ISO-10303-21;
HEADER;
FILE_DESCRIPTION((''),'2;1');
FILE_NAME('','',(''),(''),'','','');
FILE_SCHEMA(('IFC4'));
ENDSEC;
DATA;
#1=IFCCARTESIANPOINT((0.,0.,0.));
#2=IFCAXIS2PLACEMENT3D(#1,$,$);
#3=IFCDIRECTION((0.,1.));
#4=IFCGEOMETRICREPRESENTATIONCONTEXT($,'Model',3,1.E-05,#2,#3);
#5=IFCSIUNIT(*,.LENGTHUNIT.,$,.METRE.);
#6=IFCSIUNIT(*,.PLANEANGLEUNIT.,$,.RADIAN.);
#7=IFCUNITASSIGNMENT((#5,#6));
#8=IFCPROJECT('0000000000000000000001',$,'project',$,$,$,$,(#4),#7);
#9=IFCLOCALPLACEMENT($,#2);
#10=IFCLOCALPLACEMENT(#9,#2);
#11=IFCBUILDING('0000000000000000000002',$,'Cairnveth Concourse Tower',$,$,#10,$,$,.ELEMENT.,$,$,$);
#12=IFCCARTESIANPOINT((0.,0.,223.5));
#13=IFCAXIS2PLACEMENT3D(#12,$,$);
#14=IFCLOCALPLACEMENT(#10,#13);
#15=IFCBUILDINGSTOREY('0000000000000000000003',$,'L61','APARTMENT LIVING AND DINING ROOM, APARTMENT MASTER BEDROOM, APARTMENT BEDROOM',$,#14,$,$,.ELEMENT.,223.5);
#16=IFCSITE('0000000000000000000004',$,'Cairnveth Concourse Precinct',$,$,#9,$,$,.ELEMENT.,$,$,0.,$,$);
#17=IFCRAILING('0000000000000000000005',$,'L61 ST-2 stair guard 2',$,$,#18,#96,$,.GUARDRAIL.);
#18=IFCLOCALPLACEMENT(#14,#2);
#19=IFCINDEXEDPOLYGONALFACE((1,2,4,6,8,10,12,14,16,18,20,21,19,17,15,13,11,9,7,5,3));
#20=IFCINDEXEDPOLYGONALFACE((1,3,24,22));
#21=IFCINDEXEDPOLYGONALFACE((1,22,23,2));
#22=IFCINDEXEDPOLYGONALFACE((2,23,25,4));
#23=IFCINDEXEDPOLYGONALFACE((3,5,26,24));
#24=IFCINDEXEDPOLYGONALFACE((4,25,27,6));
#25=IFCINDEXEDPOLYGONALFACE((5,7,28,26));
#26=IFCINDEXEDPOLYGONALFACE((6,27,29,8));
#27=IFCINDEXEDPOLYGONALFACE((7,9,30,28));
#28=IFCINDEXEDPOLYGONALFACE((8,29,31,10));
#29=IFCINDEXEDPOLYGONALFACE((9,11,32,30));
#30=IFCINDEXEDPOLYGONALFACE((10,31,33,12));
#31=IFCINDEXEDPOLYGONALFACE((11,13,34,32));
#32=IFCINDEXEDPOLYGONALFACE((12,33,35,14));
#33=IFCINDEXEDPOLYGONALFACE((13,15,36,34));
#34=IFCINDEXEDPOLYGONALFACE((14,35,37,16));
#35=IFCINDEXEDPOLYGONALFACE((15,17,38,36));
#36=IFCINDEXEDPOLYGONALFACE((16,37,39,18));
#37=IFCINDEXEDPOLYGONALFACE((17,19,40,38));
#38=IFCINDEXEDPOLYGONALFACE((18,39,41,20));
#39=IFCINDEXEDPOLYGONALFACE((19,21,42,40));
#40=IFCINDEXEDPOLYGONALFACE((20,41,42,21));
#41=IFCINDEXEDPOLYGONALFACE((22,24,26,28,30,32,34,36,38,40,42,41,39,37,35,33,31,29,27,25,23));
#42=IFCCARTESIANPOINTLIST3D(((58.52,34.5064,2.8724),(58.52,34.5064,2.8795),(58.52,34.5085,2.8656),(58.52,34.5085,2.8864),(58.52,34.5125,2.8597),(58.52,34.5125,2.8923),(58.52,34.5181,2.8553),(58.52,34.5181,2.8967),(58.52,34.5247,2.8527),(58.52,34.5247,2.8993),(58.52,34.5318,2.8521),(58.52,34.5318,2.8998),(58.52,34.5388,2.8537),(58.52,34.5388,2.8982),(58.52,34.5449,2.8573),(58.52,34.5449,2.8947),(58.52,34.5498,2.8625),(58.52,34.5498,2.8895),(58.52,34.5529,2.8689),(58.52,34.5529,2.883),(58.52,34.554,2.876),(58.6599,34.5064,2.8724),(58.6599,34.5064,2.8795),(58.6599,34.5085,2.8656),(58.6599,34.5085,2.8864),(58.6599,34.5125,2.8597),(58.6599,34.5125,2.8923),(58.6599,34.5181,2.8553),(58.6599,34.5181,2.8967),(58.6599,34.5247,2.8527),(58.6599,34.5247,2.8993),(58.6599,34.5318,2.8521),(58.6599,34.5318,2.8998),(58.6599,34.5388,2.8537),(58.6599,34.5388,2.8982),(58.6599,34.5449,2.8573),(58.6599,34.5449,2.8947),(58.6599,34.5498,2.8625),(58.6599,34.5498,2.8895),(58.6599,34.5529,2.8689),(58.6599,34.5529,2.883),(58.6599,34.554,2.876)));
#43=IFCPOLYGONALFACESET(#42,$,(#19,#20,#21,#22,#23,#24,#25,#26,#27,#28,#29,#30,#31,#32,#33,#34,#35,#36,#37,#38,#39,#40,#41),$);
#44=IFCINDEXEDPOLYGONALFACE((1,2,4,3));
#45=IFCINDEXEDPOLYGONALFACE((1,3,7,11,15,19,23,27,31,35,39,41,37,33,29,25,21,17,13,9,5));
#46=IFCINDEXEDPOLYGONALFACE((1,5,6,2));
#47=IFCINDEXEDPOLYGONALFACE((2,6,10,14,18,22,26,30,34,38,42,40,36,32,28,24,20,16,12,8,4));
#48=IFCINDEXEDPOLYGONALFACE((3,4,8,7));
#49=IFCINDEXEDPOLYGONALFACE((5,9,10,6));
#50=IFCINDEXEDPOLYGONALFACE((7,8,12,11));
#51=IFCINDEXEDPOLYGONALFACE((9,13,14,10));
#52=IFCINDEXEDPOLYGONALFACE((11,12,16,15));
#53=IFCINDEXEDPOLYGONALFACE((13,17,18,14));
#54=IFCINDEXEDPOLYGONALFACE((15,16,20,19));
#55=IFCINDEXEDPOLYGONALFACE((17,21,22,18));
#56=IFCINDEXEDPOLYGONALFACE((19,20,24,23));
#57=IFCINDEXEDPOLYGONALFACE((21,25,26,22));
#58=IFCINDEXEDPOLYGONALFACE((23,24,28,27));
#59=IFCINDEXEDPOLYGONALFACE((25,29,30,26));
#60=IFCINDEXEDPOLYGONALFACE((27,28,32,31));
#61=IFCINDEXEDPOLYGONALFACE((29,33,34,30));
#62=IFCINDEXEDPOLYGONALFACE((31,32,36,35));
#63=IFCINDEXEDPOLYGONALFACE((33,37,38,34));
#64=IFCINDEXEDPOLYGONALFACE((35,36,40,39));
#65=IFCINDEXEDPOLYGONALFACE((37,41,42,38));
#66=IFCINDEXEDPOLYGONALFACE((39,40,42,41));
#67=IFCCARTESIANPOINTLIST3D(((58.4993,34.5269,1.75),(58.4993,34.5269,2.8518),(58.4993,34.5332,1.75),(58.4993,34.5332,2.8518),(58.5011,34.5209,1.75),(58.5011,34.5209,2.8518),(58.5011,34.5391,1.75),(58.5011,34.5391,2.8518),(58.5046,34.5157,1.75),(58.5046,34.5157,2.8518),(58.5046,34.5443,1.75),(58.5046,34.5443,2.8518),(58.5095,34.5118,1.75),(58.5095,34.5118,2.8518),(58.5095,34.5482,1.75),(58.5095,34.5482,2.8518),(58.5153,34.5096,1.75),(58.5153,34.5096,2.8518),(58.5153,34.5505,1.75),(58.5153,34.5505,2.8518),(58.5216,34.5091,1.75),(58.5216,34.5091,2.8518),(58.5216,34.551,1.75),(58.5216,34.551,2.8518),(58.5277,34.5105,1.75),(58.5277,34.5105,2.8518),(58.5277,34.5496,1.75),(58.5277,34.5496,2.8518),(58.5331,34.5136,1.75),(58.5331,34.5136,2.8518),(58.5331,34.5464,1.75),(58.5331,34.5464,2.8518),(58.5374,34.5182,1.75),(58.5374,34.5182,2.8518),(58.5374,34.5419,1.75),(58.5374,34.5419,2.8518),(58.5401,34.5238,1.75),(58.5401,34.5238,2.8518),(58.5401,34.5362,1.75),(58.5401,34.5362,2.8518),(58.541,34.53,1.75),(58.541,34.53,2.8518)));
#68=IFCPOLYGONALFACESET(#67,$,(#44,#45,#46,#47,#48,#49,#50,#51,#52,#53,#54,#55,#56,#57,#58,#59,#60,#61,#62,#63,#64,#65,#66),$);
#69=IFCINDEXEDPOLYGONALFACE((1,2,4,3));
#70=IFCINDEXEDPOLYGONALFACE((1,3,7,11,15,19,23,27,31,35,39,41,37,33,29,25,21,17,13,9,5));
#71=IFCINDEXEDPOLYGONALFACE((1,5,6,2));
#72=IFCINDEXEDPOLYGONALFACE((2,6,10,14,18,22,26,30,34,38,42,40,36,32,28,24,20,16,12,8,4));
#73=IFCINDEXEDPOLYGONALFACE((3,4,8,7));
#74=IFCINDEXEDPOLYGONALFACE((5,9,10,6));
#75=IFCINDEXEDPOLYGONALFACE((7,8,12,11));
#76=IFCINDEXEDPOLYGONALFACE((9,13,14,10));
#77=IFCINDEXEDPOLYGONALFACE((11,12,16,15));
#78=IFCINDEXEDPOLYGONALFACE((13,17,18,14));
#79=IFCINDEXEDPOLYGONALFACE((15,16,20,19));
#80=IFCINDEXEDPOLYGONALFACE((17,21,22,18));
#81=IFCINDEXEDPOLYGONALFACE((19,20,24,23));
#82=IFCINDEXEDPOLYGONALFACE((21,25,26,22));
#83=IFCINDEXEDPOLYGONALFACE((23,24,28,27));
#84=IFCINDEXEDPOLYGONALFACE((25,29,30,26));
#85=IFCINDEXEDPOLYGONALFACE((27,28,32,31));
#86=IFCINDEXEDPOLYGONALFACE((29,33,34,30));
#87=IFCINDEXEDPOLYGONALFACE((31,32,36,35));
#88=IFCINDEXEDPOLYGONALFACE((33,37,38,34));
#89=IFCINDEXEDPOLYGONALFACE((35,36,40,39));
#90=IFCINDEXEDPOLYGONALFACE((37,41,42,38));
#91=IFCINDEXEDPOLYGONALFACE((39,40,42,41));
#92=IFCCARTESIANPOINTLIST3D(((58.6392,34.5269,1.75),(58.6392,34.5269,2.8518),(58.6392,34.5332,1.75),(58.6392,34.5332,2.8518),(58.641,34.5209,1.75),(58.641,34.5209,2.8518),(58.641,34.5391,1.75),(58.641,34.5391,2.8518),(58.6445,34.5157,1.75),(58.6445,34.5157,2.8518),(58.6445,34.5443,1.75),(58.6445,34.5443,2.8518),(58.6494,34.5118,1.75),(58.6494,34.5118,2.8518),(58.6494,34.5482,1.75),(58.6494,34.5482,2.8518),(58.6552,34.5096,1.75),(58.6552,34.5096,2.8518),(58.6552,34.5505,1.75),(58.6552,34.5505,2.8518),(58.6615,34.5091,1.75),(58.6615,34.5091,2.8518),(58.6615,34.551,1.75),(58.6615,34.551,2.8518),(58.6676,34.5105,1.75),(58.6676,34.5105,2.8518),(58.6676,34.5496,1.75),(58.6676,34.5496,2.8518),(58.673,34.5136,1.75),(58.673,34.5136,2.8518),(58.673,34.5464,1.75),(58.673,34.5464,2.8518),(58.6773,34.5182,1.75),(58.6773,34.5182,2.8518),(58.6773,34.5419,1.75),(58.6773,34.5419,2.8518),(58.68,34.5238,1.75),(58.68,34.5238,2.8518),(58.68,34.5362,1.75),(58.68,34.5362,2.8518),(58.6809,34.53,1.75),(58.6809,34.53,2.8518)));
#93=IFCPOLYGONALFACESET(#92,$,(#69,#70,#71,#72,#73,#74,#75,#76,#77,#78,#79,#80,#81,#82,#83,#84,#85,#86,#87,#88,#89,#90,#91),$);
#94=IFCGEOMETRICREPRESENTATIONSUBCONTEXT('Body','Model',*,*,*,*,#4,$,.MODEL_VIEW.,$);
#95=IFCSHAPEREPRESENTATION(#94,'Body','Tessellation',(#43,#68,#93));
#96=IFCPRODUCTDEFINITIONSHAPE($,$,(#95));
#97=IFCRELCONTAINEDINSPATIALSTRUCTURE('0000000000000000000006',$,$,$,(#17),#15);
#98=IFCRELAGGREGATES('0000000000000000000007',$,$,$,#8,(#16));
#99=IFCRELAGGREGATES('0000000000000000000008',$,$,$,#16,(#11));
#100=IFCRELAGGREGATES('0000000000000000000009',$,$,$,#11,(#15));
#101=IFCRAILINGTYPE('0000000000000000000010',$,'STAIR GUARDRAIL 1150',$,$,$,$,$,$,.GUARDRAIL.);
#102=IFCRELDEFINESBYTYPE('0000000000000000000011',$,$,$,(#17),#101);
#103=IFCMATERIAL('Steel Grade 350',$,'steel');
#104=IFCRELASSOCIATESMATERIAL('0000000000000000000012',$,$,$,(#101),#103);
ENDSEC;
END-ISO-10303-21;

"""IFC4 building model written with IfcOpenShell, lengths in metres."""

from ifc_helpers import new_model, si_unit, direction, frame, origin, origin_2d, place, context, subcontext, project, spatial, circle, extrude, material, type_object, element, save


model = new_model("IFC4")

# Units and contexts
model_context = context("Model", 3, precision=1e-05, world=origin(), true_north=direction((0.0, 1.0)))
body_context = subcontext(model_context, "Body", "Model", "MODEL_VIEW")
ifc_project = project(units=[si_unit("LENGTHUNIT", "METRE"), si_unit("PLANEANGLEUNIT", "RADIAN")], contexts=[model_context])

# Site, building, storey
site_placement = place(None, origin())
site = spatial("IfcSite", under=ifc_project, at=site_placement, Name="Cairnveth Concourse Precinct", CompositionType="ELEMENT", RefElevation=0.0)
building_placement = place(site_placement, origin())
building = spatial("IfcBuilding", under=site, at=building_placement, Name="Cairnveth Concourse Tower", CompositionType="ELEMENT")
storey_placement = place(building_placement, frame((0.0, 0.0, 223.5)))
storey = spatial("IfcBuildingStorey", under=building, at=storey_placement, Name="L61", Description="APARTMENT LIVING AND DINING ROOM, APARTMENT MASTER BEDROOM, APARTMENT BEDROOM", CompositionType="ELEMENT", Elevation=223.5)

# Shared definitions
ifc_material_1 = material(Name="Steel Grade 350", Category="steel")

# Railing
railing_type_1 = type_object("IfcRailingType", Name="STAIR GUARDRAIL 1150", PredefinedType="GUARDRAIL", material=ifc_material_1)
railing_1_placement = place(storey_placement, frame((58.52, 34.53, 1.75)))
element("IfcRailing", 1, at=railing_1_placement, inside=storey, type_object=railing_type_1, Name="L61 ST-2 stair guard 2", PredefinedType="GUARDRAIL", context=body_context, shape_type="SweptSolid", body=[
    extrude(circle(Radius=0.0239, at=origin_2d()), frame((0.0, 0.0, 1.126), z_axis=(1.0, 0.0, 0.0), x_axis=(0.0, 1.0, 0.0)), (0.0, 0.0, 1.0), 0.1399),
    extrude(circle(Radius=0.021, at=origin_2d()), origin(), (0.0, 0.0, 1.0), 1.1018),
    extrude(circle(Radius=0.021, at=origin_2d()), frame((0.1399, 0.0, 0.0)), (0.0, 0.0, 1.0), 1.1018),
])

save(model, "model.ifc")
